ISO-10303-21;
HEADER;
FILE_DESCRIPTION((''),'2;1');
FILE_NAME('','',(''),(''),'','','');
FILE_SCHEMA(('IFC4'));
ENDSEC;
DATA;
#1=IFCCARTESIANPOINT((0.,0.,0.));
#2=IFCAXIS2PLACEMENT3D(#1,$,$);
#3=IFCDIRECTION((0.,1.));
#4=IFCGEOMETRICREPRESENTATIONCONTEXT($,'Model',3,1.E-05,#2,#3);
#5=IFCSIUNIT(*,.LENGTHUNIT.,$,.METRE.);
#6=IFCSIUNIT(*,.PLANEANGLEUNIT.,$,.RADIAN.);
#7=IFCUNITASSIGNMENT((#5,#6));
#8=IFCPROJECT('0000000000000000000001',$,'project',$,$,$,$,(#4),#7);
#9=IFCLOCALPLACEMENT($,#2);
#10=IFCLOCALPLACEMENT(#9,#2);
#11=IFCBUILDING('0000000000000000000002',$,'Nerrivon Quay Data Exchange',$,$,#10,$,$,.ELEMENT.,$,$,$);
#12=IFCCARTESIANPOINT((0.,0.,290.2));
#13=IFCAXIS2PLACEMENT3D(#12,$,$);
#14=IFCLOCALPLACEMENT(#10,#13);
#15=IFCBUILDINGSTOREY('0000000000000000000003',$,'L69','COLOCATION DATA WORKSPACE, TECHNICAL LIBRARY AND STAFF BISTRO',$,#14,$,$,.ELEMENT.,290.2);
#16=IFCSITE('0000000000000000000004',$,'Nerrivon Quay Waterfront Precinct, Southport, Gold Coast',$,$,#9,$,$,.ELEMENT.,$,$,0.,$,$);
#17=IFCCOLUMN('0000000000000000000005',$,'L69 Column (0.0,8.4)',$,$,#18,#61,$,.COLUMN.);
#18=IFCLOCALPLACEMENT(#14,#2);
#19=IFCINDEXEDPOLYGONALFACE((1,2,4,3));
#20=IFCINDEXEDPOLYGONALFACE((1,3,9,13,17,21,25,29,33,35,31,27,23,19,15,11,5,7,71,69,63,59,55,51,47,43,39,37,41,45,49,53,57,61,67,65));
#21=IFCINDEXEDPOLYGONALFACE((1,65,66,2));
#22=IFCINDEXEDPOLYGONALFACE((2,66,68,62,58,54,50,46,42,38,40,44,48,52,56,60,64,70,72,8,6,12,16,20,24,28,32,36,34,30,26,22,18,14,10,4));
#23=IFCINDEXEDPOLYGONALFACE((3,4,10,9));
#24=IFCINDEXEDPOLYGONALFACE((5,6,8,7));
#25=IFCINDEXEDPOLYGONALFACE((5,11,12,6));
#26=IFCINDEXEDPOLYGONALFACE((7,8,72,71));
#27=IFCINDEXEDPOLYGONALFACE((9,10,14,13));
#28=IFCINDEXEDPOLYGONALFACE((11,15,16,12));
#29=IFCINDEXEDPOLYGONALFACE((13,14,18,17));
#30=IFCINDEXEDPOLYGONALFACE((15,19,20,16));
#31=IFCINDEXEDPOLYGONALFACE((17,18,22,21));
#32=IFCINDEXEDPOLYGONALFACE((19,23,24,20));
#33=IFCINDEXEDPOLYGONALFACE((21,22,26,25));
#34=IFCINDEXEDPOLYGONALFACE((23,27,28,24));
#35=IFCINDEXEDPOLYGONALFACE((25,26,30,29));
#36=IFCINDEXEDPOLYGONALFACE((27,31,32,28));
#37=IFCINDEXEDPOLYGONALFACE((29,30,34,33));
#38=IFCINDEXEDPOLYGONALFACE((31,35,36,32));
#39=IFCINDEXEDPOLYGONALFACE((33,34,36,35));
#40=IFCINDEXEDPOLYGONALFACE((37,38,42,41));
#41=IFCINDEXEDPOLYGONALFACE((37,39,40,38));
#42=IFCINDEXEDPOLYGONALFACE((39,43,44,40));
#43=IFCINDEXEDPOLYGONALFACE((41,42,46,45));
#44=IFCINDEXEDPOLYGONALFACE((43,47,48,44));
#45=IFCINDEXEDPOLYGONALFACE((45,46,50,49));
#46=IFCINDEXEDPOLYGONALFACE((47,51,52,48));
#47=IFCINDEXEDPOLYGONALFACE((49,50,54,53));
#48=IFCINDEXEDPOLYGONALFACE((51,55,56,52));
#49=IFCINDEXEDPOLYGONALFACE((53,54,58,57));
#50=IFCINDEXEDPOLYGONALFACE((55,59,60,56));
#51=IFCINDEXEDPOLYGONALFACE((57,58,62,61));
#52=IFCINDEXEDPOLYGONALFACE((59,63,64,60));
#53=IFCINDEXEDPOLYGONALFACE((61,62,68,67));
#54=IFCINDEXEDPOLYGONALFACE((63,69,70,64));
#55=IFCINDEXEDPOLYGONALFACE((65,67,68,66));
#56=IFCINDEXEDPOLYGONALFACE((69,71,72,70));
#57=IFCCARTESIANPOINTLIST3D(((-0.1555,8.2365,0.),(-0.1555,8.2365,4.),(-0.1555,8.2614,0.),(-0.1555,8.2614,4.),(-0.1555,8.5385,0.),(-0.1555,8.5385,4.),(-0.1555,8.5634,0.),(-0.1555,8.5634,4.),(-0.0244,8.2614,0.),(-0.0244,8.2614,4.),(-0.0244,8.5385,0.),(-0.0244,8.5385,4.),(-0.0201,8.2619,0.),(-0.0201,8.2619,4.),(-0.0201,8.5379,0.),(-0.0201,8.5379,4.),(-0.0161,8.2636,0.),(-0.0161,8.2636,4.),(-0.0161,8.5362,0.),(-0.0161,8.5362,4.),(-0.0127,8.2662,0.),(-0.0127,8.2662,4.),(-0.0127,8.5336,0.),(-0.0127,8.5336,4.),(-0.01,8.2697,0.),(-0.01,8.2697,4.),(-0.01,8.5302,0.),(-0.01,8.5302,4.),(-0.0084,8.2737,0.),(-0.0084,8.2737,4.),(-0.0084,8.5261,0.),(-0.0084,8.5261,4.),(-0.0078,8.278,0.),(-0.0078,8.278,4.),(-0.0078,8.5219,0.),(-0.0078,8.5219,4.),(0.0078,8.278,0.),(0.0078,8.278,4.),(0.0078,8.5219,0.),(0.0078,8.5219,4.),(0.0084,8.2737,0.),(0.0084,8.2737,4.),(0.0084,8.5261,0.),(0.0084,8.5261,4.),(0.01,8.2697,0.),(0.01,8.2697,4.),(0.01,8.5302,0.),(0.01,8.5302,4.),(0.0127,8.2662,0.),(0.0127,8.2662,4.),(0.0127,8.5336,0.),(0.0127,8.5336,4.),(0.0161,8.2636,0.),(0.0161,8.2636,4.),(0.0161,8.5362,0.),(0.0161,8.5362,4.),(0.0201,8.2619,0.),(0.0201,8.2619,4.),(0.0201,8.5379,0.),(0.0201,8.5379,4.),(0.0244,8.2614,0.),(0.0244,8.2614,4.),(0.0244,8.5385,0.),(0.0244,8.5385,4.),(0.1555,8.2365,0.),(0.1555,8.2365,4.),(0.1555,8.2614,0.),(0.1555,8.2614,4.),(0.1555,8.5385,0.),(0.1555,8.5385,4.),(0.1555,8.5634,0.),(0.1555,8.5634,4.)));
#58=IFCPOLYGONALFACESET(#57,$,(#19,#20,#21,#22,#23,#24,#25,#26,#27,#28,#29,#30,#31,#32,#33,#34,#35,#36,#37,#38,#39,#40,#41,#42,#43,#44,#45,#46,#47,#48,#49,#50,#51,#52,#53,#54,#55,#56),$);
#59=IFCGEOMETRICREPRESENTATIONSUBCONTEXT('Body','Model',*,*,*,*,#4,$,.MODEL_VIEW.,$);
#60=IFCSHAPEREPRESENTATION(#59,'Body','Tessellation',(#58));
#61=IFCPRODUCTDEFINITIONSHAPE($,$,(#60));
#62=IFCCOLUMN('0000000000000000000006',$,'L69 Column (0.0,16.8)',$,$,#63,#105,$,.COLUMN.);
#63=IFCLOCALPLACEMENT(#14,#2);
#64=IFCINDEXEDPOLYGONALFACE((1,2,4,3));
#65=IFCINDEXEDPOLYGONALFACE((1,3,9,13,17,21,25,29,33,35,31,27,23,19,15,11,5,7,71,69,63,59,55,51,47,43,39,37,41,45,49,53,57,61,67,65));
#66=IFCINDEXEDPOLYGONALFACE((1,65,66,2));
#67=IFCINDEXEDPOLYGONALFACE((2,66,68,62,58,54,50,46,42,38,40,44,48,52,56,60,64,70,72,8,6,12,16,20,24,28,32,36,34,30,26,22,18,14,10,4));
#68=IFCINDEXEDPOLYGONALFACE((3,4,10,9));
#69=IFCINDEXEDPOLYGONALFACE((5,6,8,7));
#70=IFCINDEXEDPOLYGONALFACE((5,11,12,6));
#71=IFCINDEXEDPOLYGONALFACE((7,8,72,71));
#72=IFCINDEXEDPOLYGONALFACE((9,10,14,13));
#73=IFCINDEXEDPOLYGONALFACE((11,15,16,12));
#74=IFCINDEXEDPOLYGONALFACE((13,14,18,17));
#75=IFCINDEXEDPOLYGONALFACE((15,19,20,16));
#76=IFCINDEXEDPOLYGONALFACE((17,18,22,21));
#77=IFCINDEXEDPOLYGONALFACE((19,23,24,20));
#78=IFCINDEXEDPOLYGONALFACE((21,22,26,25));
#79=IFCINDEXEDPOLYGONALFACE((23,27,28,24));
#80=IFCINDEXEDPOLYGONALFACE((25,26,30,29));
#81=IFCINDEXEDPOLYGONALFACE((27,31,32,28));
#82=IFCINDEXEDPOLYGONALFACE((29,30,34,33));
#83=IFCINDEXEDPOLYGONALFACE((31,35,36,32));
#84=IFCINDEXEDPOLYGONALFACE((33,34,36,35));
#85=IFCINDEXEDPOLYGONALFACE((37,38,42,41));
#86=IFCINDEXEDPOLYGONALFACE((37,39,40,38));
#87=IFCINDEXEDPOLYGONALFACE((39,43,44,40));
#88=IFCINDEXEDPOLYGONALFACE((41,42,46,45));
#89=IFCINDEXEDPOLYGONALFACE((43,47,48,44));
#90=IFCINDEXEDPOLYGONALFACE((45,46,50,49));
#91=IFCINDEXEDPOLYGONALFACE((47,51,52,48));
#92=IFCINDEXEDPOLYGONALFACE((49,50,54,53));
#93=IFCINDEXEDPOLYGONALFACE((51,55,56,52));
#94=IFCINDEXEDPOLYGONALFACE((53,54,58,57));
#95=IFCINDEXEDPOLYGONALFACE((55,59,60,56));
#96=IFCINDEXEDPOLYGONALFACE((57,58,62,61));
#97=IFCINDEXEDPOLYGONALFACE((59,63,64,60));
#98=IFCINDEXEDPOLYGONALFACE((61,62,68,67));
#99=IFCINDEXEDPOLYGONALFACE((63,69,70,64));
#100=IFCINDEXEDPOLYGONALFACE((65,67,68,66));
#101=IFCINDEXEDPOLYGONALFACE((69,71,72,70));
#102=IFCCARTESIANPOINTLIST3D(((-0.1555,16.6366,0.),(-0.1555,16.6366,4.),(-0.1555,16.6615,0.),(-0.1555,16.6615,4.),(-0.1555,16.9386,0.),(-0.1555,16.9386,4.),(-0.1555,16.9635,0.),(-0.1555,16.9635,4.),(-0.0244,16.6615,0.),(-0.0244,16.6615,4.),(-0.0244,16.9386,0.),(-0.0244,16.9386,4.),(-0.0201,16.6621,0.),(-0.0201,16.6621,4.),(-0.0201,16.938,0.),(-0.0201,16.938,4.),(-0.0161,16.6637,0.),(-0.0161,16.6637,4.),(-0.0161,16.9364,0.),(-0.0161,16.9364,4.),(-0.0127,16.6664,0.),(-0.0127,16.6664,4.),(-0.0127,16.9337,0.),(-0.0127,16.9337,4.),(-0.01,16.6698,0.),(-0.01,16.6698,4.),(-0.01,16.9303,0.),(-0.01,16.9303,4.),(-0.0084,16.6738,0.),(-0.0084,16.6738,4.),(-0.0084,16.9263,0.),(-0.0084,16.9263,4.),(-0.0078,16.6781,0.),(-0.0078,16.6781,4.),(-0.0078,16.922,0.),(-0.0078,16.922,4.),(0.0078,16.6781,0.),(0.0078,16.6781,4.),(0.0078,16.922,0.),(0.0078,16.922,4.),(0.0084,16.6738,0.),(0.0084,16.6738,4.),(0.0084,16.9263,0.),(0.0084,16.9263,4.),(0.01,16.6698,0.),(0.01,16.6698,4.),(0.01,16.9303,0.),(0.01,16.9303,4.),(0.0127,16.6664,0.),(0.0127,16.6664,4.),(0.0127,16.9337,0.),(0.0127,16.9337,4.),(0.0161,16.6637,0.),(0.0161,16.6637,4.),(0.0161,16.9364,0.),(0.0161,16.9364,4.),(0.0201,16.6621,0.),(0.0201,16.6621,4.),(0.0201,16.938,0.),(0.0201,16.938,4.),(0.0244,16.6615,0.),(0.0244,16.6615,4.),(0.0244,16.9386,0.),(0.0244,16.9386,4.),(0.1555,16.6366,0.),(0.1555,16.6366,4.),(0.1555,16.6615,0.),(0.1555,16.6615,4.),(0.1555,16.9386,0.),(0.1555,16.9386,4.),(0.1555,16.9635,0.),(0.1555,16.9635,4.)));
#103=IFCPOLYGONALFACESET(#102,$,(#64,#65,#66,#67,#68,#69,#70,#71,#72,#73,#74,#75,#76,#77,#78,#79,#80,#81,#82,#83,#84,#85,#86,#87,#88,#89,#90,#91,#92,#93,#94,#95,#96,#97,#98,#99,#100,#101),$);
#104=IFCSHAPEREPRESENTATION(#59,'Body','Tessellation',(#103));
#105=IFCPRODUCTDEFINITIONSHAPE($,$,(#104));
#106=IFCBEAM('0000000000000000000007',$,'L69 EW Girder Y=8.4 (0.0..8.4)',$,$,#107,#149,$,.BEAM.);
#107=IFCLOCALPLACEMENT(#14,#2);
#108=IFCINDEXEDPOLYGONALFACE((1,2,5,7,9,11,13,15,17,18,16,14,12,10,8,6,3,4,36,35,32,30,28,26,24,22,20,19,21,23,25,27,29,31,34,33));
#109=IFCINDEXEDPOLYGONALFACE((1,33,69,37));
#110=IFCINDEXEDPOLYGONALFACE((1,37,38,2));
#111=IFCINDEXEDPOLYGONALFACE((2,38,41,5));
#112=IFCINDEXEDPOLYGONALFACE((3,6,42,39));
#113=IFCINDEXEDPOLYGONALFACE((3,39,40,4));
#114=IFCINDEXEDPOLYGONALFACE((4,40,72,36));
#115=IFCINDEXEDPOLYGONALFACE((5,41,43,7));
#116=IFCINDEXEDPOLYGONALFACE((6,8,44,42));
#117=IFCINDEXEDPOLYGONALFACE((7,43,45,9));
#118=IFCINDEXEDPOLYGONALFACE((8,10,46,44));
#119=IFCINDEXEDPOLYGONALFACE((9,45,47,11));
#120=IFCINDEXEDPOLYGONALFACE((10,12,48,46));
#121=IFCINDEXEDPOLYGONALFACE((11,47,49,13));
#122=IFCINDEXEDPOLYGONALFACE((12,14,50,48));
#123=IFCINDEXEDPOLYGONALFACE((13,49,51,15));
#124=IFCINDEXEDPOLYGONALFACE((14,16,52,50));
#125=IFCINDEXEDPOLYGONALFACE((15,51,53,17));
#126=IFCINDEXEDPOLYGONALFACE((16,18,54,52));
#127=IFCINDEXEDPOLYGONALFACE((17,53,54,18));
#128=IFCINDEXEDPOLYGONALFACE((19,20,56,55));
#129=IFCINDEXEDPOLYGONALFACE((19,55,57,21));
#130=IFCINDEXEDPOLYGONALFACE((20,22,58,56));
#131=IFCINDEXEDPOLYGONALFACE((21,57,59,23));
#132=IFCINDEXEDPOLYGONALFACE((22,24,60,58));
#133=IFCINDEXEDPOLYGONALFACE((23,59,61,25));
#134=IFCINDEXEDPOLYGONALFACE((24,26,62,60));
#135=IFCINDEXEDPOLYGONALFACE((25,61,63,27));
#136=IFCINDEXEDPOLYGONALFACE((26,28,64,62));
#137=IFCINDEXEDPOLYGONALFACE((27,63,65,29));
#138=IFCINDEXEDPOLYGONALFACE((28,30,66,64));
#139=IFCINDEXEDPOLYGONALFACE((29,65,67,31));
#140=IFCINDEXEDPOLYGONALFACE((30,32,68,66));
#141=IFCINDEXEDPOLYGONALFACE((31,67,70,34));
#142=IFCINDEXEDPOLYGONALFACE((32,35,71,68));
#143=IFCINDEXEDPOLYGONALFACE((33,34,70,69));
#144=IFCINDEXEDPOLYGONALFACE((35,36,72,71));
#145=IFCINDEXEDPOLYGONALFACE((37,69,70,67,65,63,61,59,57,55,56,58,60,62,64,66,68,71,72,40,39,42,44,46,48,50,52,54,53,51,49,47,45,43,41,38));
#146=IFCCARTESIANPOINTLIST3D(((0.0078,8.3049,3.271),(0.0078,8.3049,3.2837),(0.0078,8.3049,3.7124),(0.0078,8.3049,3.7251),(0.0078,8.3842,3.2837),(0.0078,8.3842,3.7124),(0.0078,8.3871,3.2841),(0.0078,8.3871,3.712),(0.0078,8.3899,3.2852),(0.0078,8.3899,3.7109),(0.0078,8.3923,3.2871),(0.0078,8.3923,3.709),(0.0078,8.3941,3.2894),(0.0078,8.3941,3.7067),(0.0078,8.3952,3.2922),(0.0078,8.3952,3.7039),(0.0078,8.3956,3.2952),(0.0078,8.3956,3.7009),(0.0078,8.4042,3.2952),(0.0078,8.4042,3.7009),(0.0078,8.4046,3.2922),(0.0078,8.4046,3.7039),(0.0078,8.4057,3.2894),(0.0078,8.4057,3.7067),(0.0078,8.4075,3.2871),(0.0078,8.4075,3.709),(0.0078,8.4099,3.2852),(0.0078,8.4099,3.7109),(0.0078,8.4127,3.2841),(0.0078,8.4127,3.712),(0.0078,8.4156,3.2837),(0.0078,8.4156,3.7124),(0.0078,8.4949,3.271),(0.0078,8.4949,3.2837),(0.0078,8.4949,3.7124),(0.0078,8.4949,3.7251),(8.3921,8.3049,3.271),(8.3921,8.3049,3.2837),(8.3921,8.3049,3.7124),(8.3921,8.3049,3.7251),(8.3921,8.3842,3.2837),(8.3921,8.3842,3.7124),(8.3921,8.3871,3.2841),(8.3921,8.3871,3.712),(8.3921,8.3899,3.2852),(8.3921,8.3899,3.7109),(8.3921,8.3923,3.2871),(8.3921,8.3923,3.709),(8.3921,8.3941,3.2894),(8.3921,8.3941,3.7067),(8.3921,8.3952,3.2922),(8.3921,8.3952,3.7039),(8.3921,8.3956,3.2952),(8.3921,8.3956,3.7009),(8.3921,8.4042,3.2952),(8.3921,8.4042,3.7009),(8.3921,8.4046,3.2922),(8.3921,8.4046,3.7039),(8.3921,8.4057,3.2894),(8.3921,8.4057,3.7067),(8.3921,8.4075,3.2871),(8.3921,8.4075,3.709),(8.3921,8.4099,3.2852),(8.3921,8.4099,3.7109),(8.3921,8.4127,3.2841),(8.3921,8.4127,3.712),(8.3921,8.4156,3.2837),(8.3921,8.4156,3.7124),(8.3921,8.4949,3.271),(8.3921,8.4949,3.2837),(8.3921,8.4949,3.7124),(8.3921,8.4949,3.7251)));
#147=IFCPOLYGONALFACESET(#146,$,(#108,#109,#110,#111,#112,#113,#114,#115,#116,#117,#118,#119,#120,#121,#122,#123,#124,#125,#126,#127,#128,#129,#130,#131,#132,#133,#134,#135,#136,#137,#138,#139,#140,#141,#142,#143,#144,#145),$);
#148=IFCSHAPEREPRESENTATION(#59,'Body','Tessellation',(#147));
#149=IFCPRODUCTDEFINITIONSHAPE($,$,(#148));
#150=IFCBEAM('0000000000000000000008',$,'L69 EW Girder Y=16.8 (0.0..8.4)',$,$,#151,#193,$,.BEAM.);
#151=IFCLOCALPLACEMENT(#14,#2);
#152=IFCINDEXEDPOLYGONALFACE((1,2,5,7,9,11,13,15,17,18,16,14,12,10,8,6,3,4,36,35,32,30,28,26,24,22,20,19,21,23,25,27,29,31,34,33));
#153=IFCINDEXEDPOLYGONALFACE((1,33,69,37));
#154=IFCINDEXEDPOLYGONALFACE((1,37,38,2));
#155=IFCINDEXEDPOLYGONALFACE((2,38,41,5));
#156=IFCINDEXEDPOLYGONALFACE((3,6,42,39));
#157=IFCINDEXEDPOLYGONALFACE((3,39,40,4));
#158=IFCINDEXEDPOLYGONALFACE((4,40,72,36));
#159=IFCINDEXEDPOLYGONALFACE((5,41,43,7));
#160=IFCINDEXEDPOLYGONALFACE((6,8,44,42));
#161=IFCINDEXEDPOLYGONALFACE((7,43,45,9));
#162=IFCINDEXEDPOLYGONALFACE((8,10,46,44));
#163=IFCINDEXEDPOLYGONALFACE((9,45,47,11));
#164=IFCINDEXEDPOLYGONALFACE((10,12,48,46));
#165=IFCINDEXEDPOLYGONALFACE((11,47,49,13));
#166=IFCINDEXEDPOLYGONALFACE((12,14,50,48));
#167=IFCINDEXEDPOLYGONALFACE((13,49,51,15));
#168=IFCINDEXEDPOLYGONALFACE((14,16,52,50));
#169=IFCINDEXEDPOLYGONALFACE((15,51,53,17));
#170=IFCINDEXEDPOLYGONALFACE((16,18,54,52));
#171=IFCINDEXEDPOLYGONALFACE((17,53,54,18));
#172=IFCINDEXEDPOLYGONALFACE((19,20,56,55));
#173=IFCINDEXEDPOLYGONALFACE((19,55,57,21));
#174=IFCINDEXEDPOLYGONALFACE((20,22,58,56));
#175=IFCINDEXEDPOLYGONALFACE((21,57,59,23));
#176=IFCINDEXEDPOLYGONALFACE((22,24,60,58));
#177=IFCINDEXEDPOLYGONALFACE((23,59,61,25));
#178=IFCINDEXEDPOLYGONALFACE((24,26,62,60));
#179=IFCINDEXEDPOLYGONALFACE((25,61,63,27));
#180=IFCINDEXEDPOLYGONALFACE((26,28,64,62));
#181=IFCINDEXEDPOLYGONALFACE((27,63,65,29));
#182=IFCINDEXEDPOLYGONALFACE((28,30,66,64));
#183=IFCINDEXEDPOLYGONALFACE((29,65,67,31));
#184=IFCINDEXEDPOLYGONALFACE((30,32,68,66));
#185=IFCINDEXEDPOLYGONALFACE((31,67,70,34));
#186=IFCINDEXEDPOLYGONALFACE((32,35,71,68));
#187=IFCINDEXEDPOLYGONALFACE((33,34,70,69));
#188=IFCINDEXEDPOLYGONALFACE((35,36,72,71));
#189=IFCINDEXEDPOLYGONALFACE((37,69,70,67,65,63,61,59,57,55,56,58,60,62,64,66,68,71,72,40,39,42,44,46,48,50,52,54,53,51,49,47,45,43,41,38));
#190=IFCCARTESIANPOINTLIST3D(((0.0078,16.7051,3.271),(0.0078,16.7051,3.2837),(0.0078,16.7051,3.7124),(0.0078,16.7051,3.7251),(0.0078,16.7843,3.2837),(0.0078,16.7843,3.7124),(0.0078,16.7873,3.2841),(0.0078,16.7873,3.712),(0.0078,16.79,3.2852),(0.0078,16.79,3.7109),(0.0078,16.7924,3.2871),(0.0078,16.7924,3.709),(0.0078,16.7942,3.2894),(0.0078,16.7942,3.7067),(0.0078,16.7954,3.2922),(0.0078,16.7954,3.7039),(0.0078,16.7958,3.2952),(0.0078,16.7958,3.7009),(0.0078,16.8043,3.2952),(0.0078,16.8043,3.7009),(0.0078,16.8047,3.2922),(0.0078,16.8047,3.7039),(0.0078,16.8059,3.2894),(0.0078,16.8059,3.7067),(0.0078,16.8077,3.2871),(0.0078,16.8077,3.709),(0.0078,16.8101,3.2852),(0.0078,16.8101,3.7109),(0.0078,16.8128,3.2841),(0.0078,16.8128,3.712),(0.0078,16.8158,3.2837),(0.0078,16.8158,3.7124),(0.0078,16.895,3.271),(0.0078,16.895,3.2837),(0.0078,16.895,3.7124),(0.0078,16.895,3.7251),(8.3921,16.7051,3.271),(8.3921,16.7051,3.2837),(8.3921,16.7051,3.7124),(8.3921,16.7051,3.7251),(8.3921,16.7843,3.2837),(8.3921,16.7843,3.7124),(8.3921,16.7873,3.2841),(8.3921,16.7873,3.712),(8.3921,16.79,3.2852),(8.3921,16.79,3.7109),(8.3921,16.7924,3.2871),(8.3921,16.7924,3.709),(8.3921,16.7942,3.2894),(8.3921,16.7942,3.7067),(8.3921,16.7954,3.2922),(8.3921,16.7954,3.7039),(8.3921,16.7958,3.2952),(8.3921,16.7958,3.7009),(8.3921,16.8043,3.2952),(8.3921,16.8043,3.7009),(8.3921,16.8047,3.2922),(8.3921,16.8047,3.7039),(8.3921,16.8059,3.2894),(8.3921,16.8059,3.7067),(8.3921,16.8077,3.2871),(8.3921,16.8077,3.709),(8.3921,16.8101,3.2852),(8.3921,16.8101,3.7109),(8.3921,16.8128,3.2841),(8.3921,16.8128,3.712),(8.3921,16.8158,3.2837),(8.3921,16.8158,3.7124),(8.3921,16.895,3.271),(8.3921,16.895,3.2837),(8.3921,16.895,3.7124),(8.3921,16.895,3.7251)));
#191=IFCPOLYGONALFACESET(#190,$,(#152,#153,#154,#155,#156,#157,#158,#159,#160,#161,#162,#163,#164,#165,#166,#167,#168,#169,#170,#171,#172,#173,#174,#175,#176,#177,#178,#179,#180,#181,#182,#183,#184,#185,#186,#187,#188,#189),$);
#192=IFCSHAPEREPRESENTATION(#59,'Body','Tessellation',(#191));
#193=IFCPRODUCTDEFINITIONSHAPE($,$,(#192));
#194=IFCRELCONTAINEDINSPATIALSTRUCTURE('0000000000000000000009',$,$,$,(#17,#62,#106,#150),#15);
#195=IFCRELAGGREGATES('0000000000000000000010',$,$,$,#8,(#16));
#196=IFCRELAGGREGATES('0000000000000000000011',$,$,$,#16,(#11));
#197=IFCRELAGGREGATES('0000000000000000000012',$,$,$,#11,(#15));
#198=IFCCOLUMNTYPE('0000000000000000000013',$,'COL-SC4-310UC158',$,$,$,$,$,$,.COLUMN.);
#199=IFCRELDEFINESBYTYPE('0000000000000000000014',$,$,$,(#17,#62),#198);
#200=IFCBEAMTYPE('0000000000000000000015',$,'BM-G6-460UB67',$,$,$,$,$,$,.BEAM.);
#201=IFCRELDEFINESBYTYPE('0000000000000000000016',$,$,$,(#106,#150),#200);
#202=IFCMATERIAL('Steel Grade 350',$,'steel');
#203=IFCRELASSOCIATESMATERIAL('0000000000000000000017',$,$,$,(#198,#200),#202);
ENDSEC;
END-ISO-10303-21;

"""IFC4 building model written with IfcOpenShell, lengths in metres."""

from ifc_helpers import new_model, si_unit, direction, frame, origin, origin_2d, place, context, subcontext, project, spatial, i_section, extrude, material, material_profile, profile_set, type_object, element, save


model = new_model("IFC4")

# Units and contexts
model_context = context("Model", 3, precision=1e-05, world=origin(), true_north=direction((0.0, 1.0)))
body_context = subcontext(model_context, "Body", "Model", "MODEL_VIEW")
ifc_project = project(units=[si_unit("LENGTHUNIT", "METRE"), si_unit("PLANEANGLEUNIT", "RADIAN")], contexts=[model_context])

# Site, building, storey
site_placement = place(None, origin())
site = spatial("IfcSite", under=ifc_project, at=site_placement, Name="Nerrivon Quay Waterfront Precinct, Southport, Gold Coast", CompositionType="ELEMENT", RefElevation=0.0)
building_placement = place(site_placement, origin())
building = spatial("IfcBuilding", under=site, at=building_placement, Name="Nerrivon Quay Data Exchange", CompositionType="ELEMENT")
storey_placement = place(building_placement, frame((0.0, 0.0, 290.2)))
storey = spatial("IfcBuildingStorey", under=building, at=storey_placement, Name="L69", Description="COLOCATION DATA WORKSPACE, TECHNICAL LIBRARY AND STAFF BISTRO", CompositionType="ELEMENT", Elevation=290.2)

# Columns
ifc_material_1 = material(Name="Steel Grade 350", Category="steel")
ifc_material_profile_1 = material_profile(ifc_material_1, i_section(OverallWidth=0.311, OverallDepth=0.3269, WebThickness=0.0156, FlangeThickness=0.0249, FilletRadius=0.0166, at=origin_2d()), Name="310UC158")
ifc_profile_set_1 = profile_set([ifc_material_profile_1], Name="Steel Grade 350")
column_type = type_object("IfcColumnType", Name="COL-SC4-310UC158", PredefinedType="COLUMN", material=ifc_profile_set_1)
for number, where, z_axis, x_axis, name in (
    (1, (0.0, 8.3999, 0.0), (0.0, 0.0, 1.0), (1.0, 0.0, 0.0), "L69 Column (0.0,8.4)"),
    (2, (0.0, 16.8, 0.0), (0.0, 0.0, 1.0), (1.0, 0.0, 0.0), "L69 Column (0.0,16.8)"),
):
    element("IfcColumn", number, at=place(storey_placement, frame(where, z_axis=z_axis, x_axis=x_axis)), inside=storey, type_object=column_type, Name=name, PredefinedType="COLUMN", context=body_context, shape_type="SweptSolid", body=[
        extrude(i_section(OverallWidth=0.311, OverallDepth=0.3269, WebThickness=0.0156, FlangeThickness=0.0249, FilletRadius=0.0166, at=origin_2d()), origin(), (0.0, 0.0, 1.0), 4.0),
    ])

# Beams
ifc_material_profile_2 = material_profile(ifc_material_1, i_section(OverallWidth=0.1899, OverallDepth=0.4541, WebThickness=0.0085, FlangeThickness=0.0127, FilletRadius=0.0115, at=origin_2d()), Name="460UB67.1")
ifc_profile_set_2 = profile_set([ifc_material_profile_2], Name="Steel Grade 350")
beam_type_1 = type_object("IfcBeamType", Name="BM-G6-460UB67", PredefinedType="BEAM", material=ifc_profile_set_2)
for number, where, z_axis, x_axis, name in (
    (3, (0.0078, 8.3999, 3.498), (1.0, 0.0, 0.0), (0.0, 1.0, 0.0), "L69 EW Girder Y=8.4 (0.0..8.4)"),
    (4, (0.0078, 16.8, 3.498), (1.0, 0.0, 0.0), (0.0, 1.0, 0.0), "L69 EW Girder Y=16.8 (0.0..8.4)"),
):
    element("IfcBeam", number, at=place(storey_placement, frame(where, z_axis=z_axis, x_axis=x_axis)), inside=storey, type_object=beam_type_1, Name=name, PredefinedType="BEAM", context=body_context, shape_type="SweptSolid", body=[
        extrude(i_section(OverallWidth=0.1899, OverallDepth=0.4541, WebThickness=0.0085, FlangeThickness=0.0127, FilletRadius=0.0115, at=origin_2d()), origin(), (0.0, 0.0, 1.0), 8.3843),
    ])

save(model, "model.ifc")
